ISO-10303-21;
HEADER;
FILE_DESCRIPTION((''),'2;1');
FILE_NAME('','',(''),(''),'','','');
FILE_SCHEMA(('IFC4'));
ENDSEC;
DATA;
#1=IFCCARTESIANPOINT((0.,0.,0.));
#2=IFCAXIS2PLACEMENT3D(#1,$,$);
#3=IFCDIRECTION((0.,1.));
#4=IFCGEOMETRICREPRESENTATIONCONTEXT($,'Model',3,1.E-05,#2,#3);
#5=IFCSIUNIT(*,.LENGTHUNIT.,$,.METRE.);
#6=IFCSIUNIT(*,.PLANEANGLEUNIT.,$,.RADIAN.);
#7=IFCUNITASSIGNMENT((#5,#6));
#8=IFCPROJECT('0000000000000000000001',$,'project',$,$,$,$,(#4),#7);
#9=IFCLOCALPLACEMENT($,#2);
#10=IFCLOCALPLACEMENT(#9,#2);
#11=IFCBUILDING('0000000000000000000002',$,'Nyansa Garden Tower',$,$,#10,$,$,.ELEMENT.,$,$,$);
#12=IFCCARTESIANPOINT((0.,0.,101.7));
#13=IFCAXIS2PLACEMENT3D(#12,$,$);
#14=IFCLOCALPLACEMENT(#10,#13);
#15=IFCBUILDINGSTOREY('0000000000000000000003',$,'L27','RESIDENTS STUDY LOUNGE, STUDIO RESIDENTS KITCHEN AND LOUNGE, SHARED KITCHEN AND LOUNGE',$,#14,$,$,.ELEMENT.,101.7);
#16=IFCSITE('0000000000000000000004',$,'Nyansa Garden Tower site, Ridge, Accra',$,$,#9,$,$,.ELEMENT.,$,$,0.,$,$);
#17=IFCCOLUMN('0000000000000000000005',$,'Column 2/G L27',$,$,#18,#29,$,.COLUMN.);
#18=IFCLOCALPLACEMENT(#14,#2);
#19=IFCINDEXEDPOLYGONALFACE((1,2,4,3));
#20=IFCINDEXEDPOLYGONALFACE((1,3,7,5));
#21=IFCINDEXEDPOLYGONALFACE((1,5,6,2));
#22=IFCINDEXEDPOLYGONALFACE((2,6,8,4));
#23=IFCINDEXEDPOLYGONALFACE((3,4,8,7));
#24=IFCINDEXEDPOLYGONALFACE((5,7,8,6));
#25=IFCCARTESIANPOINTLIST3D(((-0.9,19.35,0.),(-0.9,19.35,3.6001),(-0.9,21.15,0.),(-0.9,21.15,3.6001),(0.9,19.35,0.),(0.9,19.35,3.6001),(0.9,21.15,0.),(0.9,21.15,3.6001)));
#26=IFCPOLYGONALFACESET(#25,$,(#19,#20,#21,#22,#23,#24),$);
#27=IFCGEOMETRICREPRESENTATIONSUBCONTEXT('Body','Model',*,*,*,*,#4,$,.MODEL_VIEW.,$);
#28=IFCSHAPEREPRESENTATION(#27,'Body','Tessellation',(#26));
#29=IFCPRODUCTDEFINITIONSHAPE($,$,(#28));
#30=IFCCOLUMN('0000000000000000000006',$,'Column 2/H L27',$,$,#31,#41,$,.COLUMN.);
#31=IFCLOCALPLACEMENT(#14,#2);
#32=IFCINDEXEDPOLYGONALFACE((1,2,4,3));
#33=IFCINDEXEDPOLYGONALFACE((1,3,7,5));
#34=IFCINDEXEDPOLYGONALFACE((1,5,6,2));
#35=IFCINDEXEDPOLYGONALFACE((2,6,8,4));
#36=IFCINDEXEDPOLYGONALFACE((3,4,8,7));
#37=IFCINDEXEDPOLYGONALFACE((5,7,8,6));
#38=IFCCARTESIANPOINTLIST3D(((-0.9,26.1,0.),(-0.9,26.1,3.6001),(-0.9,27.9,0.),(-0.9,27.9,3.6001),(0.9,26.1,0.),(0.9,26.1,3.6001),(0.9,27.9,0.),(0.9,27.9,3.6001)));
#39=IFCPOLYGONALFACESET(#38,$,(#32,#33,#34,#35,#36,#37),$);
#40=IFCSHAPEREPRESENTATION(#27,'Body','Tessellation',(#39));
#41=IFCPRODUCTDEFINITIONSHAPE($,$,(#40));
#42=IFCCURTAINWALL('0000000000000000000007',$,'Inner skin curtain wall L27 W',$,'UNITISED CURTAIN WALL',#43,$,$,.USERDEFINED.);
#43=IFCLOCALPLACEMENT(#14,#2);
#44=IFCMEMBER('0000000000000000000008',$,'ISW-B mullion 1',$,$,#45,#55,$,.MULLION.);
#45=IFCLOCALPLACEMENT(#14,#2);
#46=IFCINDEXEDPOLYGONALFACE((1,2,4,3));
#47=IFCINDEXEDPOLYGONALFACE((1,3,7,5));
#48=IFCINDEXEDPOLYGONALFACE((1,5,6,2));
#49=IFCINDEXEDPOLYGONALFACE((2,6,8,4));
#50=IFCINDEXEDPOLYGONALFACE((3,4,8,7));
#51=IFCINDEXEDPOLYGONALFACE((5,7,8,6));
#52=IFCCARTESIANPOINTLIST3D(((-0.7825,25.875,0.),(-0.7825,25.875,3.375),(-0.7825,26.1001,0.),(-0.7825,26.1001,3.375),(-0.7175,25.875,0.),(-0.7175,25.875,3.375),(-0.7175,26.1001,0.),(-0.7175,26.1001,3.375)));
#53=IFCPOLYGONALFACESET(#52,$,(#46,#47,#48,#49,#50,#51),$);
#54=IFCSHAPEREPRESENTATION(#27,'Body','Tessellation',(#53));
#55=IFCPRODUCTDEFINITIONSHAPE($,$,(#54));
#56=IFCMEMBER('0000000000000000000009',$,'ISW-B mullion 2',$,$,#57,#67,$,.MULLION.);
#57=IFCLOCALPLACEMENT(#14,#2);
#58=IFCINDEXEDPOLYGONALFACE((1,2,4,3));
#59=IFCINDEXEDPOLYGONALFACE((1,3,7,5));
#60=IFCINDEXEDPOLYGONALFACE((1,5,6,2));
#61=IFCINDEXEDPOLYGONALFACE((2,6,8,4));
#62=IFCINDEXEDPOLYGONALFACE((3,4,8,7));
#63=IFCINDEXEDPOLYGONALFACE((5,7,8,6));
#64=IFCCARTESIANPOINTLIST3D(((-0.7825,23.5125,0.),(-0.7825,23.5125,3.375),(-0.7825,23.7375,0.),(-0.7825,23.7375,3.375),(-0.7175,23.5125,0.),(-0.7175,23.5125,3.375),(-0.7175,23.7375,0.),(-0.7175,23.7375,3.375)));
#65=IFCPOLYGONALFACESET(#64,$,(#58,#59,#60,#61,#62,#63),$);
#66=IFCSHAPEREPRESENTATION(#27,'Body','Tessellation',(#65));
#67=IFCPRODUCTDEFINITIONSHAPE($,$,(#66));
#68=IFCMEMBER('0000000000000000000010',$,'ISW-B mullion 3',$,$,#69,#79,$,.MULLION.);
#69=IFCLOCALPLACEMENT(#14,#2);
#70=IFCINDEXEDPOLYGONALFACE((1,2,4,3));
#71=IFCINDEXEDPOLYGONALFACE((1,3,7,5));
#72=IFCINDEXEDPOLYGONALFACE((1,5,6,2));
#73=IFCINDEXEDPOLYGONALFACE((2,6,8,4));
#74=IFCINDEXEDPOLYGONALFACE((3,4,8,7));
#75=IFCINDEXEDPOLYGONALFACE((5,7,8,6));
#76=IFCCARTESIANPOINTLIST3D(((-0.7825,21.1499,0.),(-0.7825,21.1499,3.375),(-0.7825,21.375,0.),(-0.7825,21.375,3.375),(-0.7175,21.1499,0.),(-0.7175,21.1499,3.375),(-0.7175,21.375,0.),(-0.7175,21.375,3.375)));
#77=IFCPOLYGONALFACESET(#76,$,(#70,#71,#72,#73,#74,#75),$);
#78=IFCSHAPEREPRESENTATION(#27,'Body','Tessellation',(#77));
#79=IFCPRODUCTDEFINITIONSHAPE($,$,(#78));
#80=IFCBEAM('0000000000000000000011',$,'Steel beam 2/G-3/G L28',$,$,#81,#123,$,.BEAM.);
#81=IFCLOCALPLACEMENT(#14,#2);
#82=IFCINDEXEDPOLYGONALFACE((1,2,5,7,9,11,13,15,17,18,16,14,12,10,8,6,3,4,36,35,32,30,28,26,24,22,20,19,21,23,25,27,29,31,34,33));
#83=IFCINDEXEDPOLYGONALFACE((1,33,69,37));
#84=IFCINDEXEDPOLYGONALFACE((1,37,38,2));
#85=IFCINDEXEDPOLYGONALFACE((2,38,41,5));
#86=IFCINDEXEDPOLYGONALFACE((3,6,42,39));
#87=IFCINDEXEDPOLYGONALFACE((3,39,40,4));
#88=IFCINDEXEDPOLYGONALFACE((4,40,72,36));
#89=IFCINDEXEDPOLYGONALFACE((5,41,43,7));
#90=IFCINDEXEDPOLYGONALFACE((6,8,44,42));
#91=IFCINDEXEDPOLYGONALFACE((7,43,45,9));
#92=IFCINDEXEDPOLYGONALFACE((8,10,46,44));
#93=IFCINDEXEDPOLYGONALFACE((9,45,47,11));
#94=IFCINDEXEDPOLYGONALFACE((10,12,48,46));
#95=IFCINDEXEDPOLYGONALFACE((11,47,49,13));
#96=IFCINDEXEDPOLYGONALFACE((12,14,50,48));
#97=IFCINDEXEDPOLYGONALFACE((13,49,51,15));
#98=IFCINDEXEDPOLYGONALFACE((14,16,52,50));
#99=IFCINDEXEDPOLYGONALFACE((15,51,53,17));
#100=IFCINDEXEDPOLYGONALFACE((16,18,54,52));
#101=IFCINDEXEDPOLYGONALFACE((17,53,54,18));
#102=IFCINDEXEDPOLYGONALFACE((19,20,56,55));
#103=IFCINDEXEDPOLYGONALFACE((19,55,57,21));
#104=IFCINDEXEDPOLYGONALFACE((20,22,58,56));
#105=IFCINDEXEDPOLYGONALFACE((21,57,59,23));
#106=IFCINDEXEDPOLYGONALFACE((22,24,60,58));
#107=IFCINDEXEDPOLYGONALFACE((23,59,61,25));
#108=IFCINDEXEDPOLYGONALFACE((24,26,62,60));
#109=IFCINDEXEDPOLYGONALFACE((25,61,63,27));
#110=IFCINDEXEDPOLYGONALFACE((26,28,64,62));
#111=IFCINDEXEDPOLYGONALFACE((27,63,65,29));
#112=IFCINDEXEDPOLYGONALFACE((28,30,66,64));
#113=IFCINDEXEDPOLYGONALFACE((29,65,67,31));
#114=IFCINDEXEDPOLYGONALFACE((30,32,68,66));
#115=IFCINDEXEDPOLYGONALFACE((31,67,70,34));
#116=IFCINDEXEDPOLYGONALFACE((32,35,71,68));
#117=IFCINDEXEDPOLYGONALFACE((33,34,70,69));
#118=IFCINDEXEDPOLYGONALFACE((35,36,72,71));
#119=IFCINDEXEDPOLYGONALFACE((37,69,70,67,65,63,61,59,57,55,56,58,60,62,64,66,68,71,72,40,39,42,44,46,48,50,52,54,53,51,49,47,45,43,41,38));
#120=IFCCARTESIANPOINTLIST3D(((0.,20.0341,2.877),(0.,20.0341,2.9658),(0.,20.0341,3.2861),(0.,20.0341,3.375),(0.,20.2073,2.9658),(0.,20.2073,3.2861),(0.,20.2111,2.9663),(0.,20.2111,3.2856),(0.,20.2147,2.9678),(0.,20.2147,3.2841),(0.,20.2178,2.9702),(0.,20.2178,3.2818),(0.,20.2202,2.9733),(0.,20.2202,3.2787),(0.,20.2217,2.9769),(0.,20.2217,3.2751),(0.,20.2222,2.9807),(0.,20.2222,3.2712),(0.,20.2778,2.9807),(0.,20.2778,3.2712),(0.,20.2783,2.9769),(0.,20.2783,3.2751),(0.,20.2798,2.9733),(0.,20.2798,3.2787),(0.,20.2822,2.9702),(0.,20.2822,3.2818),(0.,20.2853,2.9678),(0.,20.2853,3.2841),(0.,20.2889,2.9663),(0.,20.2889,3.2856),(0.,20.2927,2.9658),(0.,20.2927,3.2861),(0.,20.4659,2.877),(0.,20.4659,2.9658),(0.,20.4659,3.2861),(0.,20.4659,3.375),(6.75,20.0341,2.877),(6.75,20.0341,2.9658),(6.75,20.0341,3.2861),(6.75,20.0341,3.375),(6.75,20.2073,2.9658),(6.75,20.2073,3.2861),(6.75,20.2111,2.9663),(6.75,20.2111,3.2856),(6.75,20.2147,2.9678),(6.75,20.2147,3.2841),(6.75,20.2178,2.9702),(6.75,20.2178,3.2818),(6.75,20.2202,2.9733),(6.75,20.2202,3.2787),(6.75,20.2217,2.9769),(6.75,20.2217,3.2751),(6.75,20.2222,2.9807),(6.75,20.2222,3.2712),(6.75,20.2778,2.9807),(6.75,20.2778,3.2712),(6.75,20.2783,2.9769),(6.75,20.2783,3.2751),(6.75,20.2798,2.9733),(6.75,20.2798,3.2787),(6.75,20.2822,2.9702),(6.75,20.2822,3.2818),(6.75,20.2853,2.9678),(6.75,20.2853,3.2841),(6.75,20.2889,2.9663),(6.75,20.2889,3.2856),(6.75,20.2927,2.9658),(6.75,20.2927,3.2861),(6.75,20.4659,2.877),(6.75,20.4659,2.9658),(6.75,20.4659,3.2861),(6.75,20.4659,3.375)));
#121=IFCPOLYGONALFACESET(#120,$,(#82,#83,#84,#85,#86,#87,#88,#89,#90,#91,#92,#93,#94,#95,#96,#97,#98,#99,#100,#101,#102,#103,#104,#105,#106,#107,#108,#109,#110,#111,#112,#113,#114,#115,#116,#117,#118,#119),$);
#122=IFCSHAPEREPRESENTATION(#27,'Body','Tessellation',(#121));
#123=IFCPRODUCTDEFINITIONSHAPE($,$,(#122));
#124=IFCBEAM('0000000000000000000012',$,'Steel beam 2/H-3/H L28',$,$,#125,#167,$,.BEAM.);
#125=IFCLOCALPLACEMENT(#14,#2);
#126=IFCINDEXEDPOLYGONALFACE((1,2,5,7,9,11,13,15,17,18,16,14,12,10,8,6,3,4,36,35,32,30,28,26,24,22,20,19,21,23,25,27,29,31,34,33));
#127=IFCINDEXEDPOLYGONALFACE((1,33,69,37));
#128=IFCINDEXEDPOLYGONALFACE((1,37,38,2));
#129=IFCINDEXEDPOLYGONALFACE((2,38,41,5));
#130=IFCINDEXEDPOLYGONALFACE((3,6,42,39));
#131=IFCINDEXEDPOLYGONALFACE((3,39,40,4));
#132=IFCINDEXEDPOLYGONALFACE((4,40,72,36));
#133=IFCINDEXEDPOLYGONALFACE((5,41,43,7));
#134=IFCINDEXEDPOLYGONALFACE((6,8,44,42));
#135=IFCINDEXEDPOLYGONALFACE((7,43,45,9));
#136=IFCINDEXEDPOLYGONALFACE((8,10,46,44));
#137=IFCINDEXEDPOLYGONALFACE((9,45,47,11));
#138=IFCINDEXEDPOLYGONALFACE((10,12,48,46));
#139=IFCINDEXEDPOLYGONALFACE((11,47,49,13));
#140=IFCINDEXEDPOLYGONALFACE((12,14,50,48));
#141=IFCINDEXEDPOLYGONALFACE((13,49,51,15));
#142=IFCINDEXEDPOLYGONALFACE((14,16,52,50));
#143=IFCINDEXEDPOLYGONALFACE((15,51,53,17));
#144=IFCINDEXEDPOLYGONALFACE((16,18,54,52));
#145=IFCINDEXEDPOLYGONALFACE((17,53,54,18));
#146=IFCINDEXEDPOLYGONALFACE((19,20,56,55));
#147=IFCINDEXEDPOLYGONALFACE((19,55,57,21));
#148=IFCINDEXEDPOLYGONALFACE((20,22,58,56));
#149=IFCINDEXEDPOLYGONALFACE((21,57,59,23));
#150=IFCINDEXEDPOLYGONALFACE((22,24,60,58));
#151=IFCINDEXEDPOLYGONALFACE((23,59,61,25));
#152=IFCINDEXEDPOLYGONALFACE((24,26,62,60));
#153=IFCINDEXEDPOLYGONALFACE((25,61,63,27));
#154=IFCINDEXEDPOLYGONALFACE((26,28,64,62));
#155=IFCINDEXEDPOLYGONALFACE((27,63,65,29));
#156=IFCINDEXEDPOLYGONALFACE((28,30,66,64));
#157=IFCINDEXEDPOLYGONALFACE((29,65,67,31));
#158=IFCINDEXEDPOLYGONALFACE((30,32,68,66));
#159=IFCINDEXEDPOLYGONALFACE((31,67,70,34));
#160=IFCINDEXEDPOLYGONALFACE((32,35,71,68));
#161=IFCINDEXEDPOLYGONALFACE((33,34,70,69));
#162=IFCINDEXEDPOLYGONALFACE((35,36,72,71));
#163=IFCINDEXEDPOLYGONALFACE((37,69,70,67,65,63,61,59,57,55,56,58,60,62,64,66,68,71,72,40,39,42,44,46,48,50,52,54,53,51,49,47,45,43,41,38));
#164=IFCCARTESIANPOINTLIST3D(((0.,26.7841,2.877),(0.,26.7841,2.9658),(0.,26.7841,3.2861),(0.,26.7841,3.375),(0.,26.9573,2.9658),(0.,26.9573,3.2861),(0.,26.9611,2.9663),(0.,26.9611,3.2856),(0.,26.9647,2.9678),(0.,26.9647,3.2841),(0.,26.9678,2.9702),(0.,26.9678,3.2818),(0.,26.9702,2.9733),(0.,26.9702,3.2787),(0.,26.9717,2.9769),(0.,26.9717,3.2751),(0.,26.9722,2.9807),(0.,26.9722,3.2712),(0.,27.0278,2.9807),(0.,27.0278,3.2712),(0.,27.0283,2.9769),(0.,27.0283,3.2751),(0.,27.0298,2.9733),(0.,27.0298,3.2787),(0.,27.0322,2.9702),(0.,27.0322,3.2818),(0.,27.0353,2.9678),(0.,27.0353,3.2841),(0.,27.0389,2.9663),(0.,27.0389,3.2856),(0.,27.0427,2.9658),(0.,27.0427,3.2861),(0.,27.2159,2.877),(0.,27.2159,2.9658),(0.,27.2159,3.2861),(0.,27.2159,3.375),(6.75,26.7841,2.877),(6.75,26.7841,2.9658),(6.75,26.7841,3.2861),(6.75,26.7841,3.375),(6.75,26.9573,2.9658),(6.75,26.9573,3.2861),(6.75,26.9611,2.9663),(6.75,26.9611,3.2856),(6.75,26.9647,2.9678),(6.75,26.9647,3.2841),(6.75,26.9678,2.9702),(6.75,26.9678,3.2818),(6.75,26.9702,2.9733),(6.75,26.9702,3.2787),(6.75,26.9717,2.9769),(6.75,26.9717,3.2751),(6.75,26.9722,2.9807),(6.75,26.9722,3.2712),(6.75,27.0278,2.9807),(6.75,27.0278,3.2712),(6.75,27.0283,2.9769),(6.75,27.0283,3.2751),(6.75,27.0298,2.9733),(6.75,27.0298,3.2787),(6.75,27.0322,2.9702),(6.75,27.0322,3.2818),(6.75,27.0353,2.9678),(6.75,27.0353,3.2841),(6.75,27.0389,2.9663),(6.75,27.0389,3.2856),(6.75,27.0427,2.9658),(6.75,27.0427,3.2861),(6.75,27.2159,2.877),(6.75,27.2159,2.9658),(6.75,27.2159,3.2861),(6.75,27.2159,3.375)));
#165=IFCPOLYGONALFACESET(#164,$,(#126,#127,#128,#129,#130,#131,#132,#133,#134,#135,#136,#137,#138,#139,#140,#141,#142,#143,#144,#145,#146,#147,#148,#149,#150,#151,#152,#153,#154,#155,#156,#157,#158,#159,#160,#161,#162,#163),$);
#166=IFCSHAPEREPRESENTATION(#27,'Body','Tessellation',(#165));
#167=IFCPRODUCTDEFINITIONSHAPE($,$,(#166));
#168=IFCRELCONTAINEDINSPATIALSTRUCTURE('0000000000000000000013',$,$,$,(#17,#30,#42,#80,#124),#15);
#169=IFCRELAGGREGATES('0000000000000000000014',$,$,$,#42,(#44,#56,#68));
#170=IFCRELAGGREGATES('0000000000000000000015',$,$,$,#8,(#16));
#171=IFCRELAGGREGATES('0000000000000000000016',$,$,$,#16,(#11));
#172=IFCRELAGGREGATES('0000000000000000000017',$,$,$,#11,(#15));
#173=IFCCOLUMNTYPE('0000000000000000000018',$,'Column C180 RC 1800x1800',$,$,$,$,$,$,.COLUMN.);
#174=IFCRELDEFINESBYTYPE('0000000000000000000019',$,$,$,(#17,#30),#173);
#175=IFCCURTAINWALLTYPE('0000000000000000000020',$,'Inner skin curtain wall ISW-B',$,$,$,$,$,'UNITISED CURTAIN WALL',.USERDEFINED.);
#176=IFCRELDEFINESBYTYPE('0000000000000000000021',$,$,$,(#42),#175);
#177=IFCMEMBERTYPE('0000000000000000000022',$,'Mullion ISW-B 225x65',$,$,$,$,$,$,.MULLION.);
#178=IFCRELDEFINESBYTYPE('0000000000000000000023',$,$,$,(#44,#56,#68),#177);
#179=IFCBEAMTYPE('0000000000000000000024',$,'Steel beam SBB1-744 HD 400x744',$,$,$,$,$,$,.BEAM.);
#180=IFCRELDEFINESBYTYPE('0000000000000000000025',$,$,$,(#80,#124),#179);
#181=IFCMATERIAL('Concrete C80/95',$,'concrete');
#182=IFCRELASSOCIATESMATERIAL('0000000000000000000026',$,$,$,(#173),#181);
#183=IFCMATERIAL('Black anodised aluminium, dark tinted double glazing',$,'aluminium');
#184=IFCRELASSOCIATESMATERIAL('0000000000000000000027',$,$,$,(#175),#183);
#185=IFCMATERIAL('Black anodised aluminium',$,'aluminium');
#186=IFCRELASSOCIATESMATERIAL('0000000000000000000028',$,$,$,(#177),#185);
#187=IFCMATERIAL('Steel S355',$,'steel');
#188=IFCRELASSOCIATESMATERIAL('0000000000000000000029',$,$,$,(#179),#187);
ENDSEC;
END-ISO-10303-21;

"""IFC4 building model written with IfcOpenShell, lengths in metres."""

from ifc_helpers import new_model, si_unit, direction, frame, origin, origin_2d, place, context, subcontext, project, spatial, rectangle, i_section, extrude, material, material_profile, profile_set, type_object, element, aggregate, save


model = new_model("IFC4")

# Units and contexts
model_context = context("Model", 3, precision=1e-05, world=origin(), true_north=direction((0.0, 1.0)))
body_context = subcontext(model_context, "Body", "Model", "MODEL_VIEW")
ifc_project = project(units=[si_unit("LENGTHUNIT", "METRE"), si_unit("PLANEANGLEUNIT", "RADIAN")], contexts=[model_context])

# Site, building, storey
site_placement = place(None, origin())
site = spatial("IfcSite", under=ifc_project, at=site_placement, Name="Nyansa Garden Tower site, Ridge, Accra", CompositionType="ELEMENT", RefElevation=0.0)
building_placement = place(site_placement, origin())
building = spatial("IfcBuilding", under=site, at=building_placement, Name="Nyansa Garden Tower", CompositionType="ELEMENT")
storey_placement = place(building_placement, frame((0.0, 0.0, 101.7)))
storey = spatial("IfcBuildingStorey", under=building, at=storey_placement, Name="L27", Description="RESIDENTS STUDY LOUNGE, STUDIO RESIDENTS KITCHEN AND LOUNGE, SHARED KITCHEN AND LOUNGE", CompositionType="ELEMENT", Elevation=101.7)

# Columns
ifc_material_1 = material(Name="Concrete C80/95", Category="concrete")
ifc_material_profile_1 = material_profile(ifc_material_1, rectangle(XDim=1.8, YDim=1.8, at=origin_2d()), Name="RC 1800x1800")
ifc_profile_set_1 = profile_set([ifc_material_profile_1], Name="Concrete C80/95")
column_type = type_object("IfcColumnType", Name="Column C180 RC 1800x1800", PredefinedType="COLUMN", material=ifc_profile_set_1)
for number, where, z_axis, x_axis, name in (
    (1, (0.0, 20.25, 0.0), (0.0, 0.0, 1.0), (1.0, 0.0, 0.0), "Column 2/G L27"),
    (2, (0.0, 27.0, 0.0), (0.0, 0.0, 1.0), (1.0, 0.0, 0.0), "Column 2/H L27"),
):
    element("IfcColumn", number, at=place(storey_placement, frame(where, z_axis=z_axis, x_axis=x_axis)), inside=storey, type_object=column_type, Name=name, PredefinedType="COLUMN", context=body_context, shape_type="SweptSolid", body=[
        extrude(rectangle(XDim=1.8, YDim=1.8, at=origin_2d()), origin(), (0.0, 0.0, 1.0), 3.6001),
    ])

# Curtain wall, members
ifc_material_2 = material(Name="Black anodised aluminium, dark tinted double glazing", Category="aluminium")
curtain_wall_type = type_object("IfcCurtainWallType", Name="Inner skin curtain wall ISW-B", ElementType="UNITISED CURTAIN WALL", PredefinedType="USERDEFINED", material=ifc_material_2)
curtain_wall_placement = place(storey_placement, origin())
curtain_wall = element("IfcCurtainWall", 3, at=curtain_wall_placement, inside=storey, type_object=curtain_wall_type, Name="Inner skin curtain wall L27 W", ObjectType="UNITISED CURTAIN WALL", PredefinedType="USERDEFINED")
ifc_material_3 = material(Name="Black anodised aluminium", Category="aluminium")
ifc_material_profile_2 = material_profile(ifc_material_3, rectangle(XDim=0.0649, YDim=0.2251, at=origin_2d()), Name="Mullion 225x65")
ifc_profile_set_2 = profile_set([ifc_material_profile_2], Name="Black anodised aluminium")
member_type_1 = type_object("IfcMemberType", Name="Mullion ISW-B 225x65", PredefinedType="MULLION", material=ifc_profile_set_2)
member_1_placement = place(storey_placement, frame((-0.75, 25.9875, 0.0), z_axis=(0.0, 0.0, 1.0), x_axis=(1.0, 0.0, 0.0)))
member_1 = element("IfcMember", 4, at=member_1_placement, type_object=member_type_1, Name="ISW-B mullion 1", PredefinedType="MULLION", context=body_context, shape_type="SweptSolid", body=[
    extrude(rectangle(XDim=0.0649, YDim=0.2251, at=origin_2d()), origin(), (0.0, 0.0, 1.0), 3.375),
])
member_2_placement = place(storey_placement, frame((-0.75, 23.625, 0.0), z_axis=(0.0, 0.0, 1.0), x_axis=(1.0, 0.0, 0.0)))
member_2 = element("IfcMember", 5, at=member_2_placement, type_object=member_type_1, Name="ISW-B mullion 2", PredefinedType="MULLION", context=body_context, shape_type="SweptSolid", body=[
    extrude(rectangle(XDim=0.0649, YDim=0.2251, at=origin_2d()), origin(), (0.0, 0.0, 1.0), 3.375),
])
member_3_placement = place(storey_placement, frame((-0.75, 21.2625, 0.0), z_axis=(0.0, 0.0, 1.0), x_axis=(1.0, 0.0, 0.0)))
member_3 = element("IfcMember", 6, at=member_3_placement, type_object=member_type_1, Name="ISW-B mullion 3", PredefinedType="MULLION", context=body_context, shape_type="SweptSolid", body=[
    extrude(rectangle(XDim=0.0649, YDim=0.2251, at=origin_2d()), origin(), (0.0, 0.0, 1.0), 3.375),
])

# Beams
ifc_material_4 = material(Name="Steel S355", Category="steel")
ifc_material_profile_3 = material_profile(ifc_material_4, i_section(OverallWidth=0.4319, OverallDepth=0.498, WebThickness=0.0557, FlangeThickness=0.0889, FilletRadius=0.0149, at=origin_2d()), Name="HD 400x744")
ifc_profile_set_3 = profile_set([ifc_material_profile_3], Name="Steel S355")
beam_type_1 = type_object("IfcBeamType", Name="Steel beam SBB1-744 HD 400x744", PredefinedType="BEAM", material=ifc_profile_set_3)
for number, where, z_axis, x_axis, name in (
    (7, (0.0, 20.25, 3.126), (1.0, 0.0, 0.0), (0.0, 1.0, 0.0), "Steel beam 2/G-3/G L28"),
    (8, (0.0, 27.0, 3.126), (1.0, 0.0, 0.0), (0.0, 1.0, 0.0), "Steel beam 2/H-3/H L28"),
):
    element("IfcBeam", number, at=place(storey_placement, frame(where, z_axis=z_axis, x_axis=x_axis)), inside=storey, type_object=beam_type_1, Name=name, PredefinedType="BEAM", context=body_context, shape_type="SweptSolid", body=[
        extrude(i_section(OverallWidth=0.4319, OverallDepth=0.498, WebThickness=0.0557, FlangeThickness=0.0889, FilletRadius=0.0149, at=origin_2d()), origin(), (0.0, 0.0, 1.0), 6.75),
    ])

aggregate(curtain_wall, [member_1, member_2, member_3])

save(model, "model.ifc")
